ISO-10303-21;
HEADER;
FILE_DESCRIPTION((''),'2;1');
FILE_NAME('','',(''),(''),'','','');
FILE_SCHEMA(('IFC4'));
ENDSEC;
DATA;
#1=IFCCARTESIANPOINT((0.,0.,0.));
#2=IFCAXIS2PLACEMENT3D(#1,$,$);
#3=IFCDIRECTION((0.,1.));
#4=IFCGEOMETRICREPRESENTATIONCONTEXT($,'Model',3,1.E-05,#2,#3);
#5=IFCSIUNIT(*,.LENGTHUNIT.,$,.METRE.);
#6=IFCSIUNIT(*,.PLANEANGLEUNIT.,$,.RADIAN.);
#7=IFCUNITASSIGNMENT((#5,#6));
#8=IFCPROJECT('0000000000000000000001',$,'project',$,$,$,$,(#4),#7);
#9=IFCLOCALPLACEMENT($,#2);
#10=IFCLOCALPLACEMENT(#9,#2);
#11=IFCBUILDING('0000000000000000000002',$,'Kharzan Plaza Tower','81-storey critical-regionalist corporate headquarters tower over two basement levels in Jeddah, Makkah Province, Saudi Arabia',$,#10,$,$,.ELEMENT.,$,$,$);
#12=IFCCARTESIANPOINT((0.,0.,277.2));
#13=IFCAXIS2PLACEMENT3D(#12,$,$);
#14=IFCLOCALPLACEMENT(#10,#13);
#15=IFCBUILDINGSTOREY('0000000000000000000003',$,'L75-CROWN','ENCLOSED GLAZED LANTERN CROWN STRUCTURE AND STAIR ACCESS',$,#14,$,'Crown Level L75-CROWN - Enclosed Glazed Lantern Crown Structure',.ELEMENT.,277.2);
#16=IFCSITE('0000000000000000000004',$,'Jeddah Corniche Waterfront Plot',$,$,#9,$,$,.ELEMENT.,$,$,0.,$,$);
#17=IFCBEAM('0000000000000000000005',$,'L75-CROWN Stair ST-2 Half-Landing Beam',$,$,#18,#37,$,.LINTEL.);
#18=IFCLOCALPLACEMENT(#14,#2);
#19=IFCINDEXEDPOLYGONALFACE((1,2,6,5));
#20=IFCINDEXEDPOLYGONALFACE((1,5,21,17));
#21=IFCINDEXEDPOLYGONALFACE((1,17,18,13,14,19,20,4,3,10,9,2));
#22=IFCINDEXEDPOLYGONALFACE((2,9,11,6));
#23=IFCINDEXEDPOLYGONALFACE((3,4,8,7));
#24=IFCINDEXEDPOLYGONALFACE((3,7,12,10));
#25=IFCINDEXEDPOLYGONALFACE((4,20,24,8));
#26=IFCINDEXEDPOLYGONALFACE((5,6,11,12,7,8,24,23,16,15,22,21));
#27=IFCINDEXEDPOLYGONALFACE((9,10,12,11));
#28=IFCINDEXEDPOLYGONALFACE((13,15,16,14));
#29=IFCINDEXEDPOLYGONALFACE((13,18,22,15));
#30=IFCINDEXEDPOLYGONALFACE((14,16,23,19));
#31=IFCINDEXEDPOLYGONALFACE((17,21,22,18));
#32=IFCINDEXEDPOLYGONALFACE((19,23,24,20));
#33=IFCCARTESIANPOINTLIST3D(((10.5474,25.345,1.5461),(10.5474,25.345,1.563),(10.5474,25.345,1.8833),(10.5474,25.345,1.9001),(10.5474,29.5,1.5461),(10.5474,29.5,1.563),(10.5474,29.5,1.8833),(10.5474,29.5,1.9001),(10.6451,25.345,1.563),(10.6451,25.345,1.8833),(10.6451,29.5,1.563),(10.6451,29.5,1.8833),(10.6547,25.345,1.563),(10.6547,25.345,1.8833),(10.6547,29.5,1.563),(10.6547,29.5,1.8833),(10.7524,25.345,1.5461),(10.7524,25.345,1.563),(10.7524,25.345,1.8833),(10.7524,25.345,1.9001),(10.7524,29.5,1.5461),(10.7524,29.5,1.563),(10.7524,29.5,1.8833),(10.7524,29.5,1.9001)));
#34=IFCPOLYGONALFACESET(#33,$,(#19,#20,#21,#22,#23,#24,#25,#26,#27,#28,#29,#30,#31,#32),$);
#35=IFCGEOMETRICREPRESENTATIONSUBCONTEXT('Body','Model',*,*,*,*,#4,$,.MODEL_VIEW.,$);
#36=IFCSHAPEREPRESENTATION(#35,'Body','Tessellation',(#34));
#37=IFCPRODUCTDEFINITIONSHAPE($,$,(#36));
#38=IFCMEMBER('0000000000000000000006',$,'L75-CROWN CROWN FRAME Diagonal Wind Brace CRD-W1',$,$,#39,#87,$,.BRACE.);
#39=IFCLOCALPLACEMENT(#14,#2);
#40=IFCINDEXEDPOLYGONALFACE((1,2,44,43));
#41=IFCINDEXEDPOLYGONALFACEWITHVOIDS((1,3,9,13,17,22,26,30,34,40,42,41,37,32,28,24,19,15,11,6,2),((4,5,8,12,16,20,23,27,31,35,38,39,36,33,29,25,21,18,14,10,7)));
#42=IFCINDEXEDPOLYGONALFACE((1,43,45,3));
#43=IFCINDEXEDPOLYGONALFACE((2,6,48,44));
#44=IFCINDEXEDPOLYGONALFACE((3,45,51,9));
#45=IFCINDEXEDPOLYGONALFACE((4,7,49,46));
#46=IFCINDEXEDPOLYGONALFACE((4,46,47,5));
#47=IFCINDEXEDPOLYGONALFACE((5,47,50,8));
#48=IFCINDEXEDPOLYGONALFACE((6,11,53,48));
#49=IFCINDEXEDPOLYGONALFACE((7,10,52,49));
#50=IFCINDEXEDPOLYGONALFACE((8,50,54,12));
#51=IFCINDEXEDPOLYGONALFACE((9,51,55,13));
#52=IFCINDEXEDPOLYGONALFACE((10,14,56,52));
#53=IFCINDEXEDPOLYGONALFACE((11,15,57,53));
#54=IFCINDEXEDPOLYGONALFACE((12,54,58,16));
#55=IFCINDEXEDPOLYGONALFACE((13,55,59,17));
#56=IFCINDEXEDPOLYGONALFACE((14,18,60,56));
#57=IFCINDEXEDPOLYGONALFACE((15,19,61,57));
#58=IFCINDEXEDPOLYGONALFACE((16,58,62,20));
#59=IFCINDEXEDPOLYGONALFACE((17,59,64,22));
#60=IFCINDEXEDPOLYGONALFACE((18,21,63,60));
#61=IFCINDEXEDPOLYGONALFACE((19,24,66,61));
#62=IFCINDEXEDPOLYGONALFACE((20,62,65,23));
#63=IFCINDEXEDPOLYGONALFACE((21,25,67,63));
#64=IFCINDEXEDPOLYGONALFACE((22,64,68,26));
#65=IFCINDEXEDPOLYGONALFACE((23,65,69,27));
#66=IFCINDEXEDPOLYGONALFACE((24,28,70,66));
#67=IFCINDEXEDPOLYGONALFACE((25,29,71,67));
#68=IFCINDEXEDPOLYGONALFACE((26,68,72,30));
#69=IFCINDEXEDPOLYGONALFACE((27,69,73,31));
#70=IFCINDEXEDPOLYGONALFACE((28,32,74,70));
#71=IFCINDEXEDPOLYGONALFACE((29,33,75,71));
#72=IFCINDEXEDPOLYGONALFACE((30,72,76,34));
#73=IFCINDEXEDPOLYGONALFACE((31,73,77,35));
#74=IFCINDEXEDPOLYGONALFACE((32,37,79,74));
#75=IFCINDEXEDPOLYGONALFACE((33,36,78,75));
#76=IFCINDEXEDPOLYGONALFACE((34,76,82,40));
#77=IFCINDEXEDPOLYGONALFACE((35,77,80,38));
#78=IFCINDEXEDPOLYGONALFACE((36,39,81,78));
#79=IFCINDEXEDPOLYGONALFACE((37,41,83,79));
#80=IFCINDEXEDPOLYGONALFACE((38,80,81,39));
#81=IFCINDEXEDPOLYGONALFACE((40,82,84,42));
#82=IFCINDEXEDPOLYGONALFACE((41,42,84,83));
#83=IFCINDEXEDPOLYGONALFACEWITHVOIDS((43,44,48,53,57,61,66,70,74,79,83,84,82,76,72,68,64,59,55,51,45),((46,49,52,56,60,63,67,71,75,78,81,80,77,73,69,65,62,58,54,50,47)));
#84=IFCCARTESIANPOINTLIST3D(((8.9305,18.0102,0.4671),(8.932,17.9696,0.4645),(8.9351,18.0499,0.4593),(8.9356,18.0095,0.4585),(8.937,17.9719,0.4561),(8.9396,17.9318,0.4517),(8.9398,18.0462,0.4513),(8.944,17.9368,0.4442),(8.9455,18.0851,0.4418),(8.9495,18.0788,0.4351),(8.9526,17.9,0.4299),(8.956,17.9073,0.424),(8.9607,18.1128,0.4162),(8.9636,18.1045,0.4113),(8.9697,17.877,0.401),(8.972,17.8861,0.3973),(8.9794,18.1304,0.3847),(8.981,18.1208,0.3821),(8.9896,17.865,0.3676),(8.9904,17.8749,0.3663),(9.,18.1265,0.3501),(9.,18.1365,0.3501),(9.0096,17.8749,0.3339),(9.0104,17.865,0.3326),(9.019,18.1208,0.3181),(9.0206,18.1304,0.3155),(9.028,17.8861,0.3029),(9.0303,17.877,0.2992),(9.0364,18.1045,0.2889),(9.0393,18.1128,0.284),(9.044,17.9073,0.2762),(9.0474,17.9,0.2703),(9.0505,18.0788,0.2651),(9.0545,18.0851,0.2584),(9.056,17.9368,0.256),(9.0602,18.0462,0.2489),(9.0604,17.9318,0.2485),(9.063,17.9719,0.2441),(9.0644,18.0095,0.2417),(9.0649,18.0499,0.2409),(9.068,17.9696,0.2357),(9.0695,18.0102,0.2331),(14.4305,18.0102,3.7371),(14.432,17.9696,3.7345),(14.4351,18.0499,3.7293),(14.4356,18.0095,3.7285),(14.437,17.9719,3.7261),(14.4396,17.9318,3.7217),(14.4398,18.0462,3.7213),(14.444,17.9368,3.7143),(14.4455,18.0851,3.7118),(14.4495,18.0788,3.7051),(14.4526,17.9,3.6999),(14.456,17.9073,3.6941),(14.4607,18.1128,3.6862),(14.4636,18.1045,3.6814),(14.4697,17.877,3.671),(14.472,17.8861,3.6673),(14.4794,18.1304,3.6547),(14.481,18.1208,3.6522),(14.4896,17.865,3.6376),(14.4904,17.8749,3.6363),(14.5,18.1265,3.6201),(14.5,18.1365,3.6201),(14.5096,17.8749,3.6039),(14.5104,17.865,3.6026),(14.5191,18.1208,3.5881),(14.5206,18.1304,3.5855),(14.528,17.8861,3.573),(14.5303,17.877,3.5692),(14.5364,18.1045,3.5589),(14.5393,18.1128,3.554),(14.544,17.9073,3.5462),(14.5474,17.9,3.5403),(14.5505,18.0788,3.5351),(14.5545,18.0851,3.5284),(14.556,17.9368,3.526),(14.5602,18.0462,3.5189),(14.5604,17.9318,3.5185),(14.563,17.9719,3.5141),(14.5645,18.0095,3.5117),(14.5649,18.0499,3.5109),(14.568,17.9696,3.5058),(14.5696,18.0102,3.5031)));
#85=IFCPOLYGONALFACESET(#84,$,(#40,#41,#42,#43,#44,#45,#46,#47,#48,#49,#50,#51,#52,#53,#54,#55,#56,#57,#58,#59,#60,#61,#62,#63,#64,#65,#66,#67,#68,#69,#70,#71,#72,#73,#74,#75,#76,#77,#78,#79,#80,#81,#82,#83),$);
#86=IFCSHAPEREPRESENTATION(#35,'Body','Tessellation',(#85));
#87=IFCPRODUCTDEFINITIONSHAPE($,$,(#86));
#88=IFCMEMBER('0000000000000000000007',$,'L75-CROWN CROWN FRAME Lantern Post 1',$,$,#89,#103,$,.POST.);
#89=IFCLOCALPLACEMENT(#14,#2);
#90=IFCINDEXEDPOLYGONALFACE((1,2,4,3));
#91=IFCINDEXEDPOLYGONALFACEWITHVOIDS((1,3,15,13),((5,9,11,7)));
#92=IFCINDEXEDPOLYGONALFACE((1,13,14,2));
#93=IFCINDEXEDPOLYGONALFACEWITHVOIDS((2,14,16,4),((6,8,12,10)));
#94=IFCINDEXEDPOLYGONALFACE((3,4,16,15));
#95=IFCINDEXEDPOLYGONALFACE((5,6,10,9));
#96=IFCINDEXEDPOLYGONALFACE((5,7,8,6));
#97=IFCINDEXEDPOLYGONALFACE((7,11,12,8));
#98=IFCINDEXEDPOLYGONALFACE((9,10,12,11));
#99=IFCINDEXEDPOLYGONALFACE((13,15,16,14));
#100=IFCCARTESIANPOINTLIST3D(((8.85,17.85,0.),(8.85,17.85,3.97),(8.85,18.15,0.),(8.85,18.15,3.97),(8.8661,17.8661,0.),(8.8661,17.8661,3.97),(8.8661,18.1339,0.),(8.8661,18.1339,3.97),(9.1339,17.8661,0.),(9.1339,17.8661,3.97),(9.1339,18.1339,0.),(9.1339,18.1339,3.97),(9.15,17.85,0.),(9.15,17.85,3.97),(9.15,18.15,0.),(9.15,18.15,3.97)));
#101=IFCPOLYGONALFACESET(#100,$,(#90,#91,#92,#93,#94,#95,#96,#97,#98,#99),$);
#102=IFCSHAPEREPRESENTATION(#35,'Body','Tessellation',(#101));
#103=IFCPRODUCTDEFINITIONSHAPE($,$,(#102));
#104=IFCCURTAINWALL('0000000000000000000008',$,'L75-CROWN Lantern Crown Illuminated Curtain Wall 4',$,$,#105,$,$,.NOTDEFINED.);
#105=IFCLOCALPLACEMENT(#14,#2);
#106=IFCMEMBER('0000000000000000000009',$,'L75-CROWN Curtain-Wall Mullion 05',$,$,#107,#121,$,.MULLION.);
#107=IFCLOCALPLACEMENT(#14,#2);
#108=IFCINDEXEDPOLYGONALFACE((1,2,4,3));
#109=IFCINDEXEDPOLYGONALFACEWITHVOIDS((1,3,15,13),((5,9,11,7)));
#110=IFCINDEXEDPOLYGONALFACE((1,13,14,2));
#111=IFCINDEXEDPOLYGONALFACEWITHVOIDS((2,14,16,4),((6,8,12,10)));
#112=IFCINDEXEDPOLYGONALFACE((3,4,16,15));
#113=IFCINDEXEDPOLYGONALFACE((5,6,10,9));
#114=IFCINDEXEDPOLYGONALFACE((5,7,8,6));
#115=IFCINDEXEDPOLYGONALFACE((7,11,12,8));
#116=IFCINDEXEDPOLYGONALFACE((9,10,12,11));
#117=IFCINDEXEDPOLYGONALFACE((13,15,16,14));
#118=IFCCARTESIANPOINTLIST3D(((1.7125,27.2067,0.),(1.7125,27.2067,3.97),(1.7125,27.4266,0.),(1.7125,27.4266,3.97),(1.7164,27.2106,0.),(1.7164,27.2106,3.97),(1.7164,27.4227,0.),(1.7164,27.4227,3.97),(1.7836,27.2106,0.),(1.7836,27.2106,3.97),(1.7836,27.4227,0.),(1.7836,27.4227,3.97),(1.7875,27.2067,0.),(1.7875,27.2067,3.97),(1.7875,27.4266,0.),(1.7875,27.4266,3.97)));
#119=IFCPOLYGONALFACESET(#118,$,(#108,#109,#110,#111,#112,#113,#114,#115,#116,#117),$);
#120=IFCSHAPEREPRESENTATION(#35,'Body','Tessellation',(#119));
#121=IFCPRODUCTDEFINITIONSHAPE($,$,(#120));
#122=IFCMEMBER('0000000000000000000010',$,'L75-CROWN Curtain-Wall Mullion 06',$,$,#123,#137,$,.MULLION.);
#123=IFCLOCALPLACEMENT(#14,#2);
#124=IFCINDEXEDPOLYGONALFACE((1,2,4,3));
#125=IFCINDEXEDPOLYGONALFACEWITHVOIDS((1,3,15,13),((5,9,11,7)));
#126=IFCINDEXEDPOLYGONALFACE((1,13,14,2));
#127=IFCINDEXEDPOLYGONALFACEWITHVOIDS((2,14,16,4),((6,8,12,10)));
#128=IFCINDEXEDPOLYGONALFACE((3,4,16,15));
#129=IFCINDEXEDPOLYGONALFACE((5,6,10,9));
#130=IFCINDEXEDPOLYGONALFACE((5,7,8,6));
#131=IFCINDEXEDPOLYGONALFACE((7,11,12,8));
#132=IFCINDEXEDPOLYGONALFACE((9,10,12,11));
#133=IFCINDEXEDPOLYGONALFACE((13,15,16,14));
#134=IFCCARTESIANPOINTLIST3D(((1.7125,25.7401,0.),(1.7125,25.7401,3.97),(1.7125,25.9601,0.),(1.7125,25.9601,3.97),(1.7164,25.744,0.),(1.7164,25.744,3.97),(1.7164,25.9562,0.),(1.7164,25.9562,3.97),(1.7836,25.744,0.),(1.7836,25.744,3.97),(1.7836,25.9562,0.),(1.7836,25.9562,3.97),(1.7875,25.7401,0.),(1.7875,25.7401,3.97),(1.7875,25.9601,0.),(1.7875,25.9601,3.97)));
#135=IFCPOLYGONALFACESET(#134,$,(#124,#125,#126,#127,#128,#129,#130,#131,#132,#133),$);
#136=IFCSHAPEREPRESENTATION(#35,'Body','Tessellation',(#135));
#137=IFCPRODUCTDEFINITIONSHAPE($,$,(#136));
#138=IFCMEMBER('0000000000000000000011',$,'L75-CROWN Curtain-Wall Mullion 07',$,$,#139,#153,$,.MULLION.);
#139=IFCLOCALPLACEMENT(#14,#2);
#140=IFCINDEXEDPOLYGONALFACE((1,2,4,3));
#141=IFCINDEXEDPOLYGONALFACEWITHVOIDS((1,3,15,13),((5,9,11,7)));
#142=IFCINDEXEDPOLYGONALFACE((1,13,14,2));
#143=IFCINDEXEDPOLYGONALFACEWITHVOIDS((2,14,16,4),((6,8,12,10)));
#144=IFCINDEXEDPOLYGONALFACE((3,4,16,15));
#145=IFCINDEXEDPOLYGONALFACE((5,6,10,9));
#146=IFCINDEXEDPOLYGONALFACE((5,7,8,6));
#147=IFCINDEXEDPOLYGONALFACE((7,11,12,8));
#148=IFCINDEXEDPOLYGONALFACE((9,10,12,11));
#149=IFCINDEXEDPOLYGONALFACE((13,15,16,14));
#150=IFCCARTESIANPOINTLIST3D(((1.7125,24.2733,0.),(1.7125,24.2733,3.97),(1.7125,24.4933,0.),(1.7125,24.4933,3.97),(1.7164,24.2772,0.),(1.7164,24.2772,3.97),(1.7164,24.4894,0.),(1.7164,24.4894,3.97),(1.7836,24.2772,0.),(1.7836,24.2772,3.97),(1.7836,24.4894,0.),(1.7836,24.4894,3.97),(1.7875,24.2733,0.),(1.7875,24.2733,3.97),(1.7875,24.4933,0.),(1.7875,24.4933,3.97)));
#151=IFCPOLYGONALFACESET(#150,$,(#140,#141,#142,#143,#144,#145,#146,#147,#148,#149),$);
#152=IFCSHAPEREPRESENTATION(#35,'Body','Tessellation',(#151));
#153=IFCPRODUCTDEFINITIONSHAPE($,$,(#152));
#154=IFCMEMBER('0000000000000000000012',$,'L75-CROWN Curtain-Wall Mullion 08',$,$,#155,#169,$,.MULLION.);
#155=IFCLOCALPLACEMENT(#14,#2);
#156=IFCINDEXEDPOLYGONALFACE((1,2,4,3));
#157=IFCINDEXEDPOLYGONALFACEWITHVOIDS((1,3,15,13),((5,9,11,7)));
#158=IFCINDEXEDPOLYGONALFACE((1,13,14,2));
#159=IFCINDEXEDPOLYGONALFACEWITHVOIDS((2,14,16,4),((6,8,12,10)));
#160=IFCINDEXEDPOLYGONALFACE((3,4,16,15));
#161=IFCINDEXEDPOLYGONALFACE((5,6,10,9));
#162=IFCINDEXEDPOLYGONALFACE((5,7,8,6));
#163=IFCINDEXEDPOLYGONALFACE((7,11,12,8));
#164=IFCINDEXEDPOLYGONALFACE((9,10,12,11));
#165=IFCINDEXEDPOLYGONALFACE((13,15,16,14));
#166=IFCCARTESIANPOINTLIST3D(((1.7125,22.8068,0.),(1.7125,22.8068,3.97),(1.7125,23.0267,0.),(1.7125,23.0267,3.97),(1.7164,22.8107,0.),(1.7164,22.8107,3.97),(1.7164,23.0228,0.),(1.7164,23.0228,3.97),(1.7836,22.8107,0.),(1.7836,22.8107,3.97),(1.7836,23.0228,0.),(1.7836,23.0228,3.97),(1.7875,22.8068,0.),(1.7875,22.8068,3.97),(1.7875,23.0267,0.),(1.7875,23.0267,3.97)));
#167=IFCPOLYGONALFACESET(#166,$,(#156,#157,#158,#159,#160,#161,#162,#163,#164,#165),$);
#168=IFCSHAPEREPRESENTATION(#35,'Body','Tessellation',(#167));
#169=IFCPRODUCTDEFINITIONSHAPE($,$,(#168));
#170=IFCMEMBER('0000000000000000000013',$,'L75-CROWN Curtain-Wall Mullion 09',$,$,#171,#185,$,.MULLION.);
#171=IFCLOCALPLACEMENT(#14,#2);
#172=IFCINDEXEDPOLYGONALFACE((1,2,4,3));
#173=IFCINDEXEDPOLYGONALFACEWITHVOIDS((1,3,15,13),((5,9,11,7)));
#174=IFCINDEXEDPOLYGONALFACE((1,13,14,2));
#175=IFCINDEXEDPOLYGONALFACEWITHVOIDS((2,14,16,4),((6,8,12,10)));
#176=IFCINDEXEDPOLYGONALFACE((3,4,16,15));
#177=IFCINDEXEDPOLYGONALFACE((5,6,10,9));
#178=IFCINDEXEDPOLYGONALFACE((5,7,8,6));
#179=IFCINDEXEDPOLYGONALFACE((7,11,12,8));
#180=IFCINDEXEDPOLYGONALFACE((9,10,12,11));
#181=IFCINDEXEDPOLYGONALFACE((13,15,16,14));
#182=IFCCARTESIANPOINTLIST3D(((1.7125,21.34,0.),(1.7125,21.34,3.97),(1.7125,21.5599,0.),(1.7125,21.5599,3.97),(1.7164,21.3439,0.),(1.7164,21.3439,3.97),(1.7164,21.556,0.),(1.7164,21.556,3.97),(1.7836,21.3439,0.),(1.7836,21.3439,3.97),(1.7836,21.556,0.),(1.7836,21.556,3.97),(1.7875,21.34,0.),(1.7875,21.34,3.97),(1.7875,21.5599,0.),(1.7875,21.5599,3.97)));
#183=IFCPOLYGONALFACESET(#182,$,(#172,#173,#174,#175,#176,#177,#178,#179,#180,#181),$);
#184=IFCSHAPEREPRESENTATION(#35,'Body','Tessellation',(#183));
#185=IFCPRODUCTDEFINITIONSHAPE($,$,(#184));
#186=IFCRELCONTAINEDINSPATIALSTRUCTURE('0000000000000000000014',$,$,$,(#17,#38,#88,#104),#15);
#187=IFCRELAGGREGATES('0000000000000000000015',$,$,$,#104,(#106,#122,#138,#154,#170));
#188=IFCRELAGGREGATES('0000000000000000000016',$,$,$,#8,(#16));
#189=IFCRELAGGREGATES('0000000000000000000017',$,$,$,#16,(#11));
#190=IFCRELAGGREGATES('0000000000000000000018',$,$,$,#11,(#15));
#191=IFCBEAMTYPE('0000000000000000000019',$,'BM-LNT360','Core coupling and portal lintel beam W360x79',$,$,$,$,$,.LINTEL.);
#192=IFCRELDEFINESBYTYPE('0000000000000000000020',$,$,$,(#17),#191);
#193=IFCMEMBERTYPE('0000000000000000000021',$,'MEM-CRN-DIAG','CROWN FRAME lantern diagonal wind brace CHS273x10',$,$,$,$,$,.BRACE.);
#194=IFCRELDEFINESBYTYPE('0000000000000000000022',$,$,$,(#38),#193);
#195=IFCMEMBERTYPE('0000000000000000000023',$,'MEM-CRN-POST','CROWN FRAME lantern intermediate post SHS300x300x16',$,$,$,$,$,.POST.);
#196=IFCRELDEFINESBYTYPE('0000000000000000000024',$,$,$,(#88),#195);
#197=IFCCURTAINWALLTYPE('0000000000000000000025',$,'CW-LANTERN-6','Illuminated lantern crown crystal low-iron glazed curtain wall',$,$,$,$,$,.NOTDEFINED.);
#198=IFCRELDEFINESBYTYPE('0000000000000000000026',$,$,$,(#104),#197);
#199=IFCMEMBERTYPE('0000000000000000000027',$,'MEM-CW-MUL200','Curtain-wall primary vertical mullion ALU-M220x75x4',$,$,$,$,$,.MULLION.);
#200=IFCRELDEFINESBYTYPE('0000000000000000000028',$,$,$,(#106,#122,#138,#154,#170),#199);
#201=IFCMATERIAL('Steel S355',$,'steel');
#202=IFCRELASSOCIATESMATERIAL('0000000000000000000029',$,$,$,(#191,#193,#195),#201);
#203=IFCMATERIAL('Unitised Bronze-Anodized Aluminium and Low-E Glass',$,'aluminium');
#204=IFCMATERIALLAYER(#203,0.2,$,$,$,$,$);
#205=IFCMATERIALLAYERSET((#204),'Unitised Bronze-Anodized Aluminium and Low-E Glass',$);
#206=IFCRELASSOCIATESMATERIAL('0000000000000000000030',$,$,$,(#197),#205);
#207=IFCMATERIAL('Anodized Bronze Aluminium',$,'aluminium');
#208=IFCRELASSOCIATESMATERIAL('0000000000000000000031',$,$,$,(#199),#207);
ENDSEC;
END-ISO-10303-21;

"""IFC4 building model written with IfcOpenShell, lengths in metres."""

from ifc_helpers import new_model, si_unit, direction, frame, origin, origin_2d, place, context, subcontext, project, spatial, hollow_rectangle, hollow_circle, i_section, extrude, source, transform, mapped, material, layer, layer_set, material_profile, profile_set, type_object, element, aggregate, save


model = new_model("IFC4")

# Units and contexts
model_context = context("Model", 3, precision=1e-05, world=origin(), true_north=direction((0.0, 1.0)))
body_context = subcontext(model_context, "Body", "Model", "MODEL_VIEW")
ifc_project = project(units=[si_unit("LENGTHUNIT", "METRE"), si_unit("PLANEANGLEUNIT", "RADIAN")], contexts=[model_context])

# Site, building, storey
site_placement = place(None, origin())
site = spatial("IfcSite", under=ifc_project, at=site_placement, Name="Jeddah Corniche Waterfront Plot", CompositionType="ELEMENT", RefElevation=0.0)
building_placement = place(site_placement, origin())
building = spatial("IfcBuilding", under=site, at=building_placement, Name="Kharzan Plaza Tower", Description="81-storey critical-regionalist corporate headquarters tower over two basement levels in Jeddah, Makkah Province, Saudi Arabia", CompositionType="ELEMENT")
storey_placement = place(building_placement, frame((0.0, 0.0, 277.2)))
storey = spatial("IfcBuildingStorey", under=building, at=storey_placement, Name="L75-CROWN", Description="ENCLOSED GLAZED LANTERN CROWN STRUCTURE AND STAIR ACCESS", LongName="Crown Level L75-CROWN - Enclosed Glazed Lantern Crown Structure", CompositionType="ELEMENT", Elevation=277.2)

# Beam
ifc_material_1 = material(Name="Steel S355", Category="steel")
ifc_material_profile_1 = material_profile(ifc_material_1, i_section(OverallWidth=0.2051, OverallDepth=0.354, WebThickness=0.0095, FlangeThickness=0.0168, at=origin_2d()), Name="W360x79")
ifc_profile_set_1 = profile_set([ifc_material_profile_1], Name="Steel S355")
beam_type = type_object("IfcBeamType", Name="BM-LNT360", Description="Core coupling and portal lintel beam W360x79", PredefinedType="LINTEL", material=ifc_profile_set_1)
shared_shape_1 = source(origin(), body_context, "Body", "SweptSolid", [
    extrude(i_section(OverallWidth=0.2051, OverallDepth=0.354, WebThickness=0.0095, FlangeThickness=0.0168, at=origin_2d()), origin(), (0.0, 0.0, 1.0), 4.155),
])
beam_placement = place(storey_placement, frame((10.6499, 25.345, 1.7231), z_axis=(0.0, 1.0, 0.0), x_axis=(-1.0, 0.0, 0.0)))
element("IfcBeam", 1, at=beam_placement, inside=storey, type_object=beam_type, Name="L75-CROWN Stair ST-2 Half-Landing Beam", PredefinedType="LINTEL", context=body_context, shape_type="MappedRepresentation", body=[
    mapped(shared_shape_1, transform((0.0, 0.0, 0.0), x_axis=(1.0, 0.0, 0.0), y_axis=(0.0, 1.0, 0.0), z_axis=(0.0, 0.0, 1.0))),
])

# Members
ifc_material_profile_2 = material_profile(ifc_material_1, hollow_circle(Radius=0.1365, WallThickness=0.01, at=origin_2d()), Name="CHS273x10")
ifc_profile_set_2 = profile_set([ifc_material_profile_2], Name="Steel S355")
member_type_1 = type_object("IfcMemberType", Name="MEM-CRN-DIAG", Description="CROWN FRAME lantern diagonal wind brace CHS273x10", PredefinedType="BRACE", material=ifc_profile_set_2)
shared_shape_2 = source(origin(), body_context, "Body", "SweptSolid", [
    extrude(hollow_circle(Radius=0.1365, WallThickness=0.01, at=origin_2d()), origin(), (0.0, 0.0, 1.0), 6.3987),
])
member_1_placement = place(storey_placement, frame((9.0, 18.0, 0.3501), z_axis=(0.859553, 0.0, 0.511046), x_axis=(0.0, 1.0, 0.0)))
element("IfcMember", 2, at=member_1_placement, inside=storey, type_object=member_type_1, Name="L75-CROWN CROWN FRAME Diagonal Wind Brace CRD-W1", PredefinedType="BRACE", context=body_context, shape_type="MappedRepresentation", body=[
    mapped(shared_shape_2, transform((0.0, 0.0, 0.0), x_axis=(1.0, 0.0, 0.0), y_axis=(0.0, 1.0, 0.0), z_axis=(0.0, 0.0, 1.0))),
])
ifc_material_profile_3 = material_profile(ifc_material_1, hollow_rectangle(XDim=0.3, YDim=0.3, WallThickness=0.0161, at=origin_2d()), Name="SHS300x300x16")
ifc_profile_set_3 = profile_set([ifc_material_profile_3], Name="Steel S355")
member_type_2 = type_object("IfcMemberType", Name="MEM-CRN-POST", Description="CROWN FRAME lantern intermediate post SHS300x300x16", PredefinedType="POST", material=ifc_profile_set_3)
shared_shape_3 = source(origin(), body_context, "Body", "SweptSolid", [
    extrude(hollow_rectangle(XDim=0.3, YDim=0.3, WallThickness=0.0161, at=origin_2d()), origin(), (0.0, 0.0, 1.0), 3.97),
])
member_2_placement = place(storey_placement, frame((9.0, 18.0, 0.0), z_axis=(0.0, 0.0, 1.0), x_axis=(1.0, 0.0, 0.0)))
element("IfcMember", 3, at=member_2_placement, inside=storey, type_object=member_type_2, Name="L75-CROWN CROWN FRAME Lantern Post 1", PredefinedType="POST", context=body_context, shape_type="MappedRepresentation", body=[
    mapped(shared_shape_3, transform((0.0, 0.0, 0.0), x_axis=(1.0, 0.0, 0.0), y_axis=(0.0, 1.0, 0.0), z_axis=(0.0, 0.0, 1.0))),
])

# Curtain wall, members
ifc_material_2 = material(Name="Unitised Bronze-Anodized Aluminium and Low-E Glass", Category="aluminium")
ifc_layer_1 = layer(ifc_material_2, 0.2)
ifc_layer_set_1 = layer_set([ifc_layer_1], Name="Unitised Bronze-Anodized Aluminium and Low-E Glass")
curtain_wall_type = type_object("IfcCurtainWallType", Name="CW-LANTERN-6", Description="Illuminated lantern crown crystal low-iron glazed curtain wall", PredefinedType="NOTDEFINED", material=ifc_layer_set_1)
curtain_wall_placement = place(storey_placement, origin())
curtain_wall = element("IfcCurtainWall", 4, at=curtain_wall_placement, inside=storey, type_object=curtain_wall_type, Name="L75-CROWN Lantern Crown Illuminated Curtain Wall 4", PredefinedType="NOTDEFINED")
ifc_material_3 = material(Name="Anodized Bronze Aluminium", Category="aluminium")
ifc_material_profile_4 = material_profile(ifc_material_3, hollow_rectangle(XDim=0.075, YDim=0.22, WallThickness=0.0039, at=origin_2d()), Name="ALU-M220x75x4")
ifc_profile_set_4 = profile_set([ifc_material_profile_4], Name="Anodized Bronze Aluminium")
member_type_3 = type_object("IfcMemberType", Name="MEM-CW-MUL200", Description="Curtain-wall primary vertical mullion ALU-M220x75x4", PredefinedType="MULLION", material=ifc_profile_set_4)
shared_shape_4 = source(origin(), body_context, "Body", "SweptSolid", [
    extrude(hollow_rectangle(XDim=0.075, YDim=0.22, WallThickness=0.0039, at=origin_2d()), origin(), (0.0, 0.0, 1.0), 3.97),
])
member_3_placement = place(storey_placement, frame((1.75, 27.3167, 0.0), z_axis=(0.0, 0.0, 1.0), x_axis=(1.0, 0.0, 0.0)))
member_3 = element("IfcMember", 5, at=member_3_placement, type_object=member_type_3, Name="L75-CROWN Curtain-Wall Mullion 05", PredefinedType="MULLION", context=body_context, shape_type="MappedRepresentation", body=[
    mapped(shared_shape_4, transform((0.0, 0.0, 0.0), x_axis=(1.0, 0.0, 0.0), y_axis=(0.0, 1.0, 0.0), z_axis=(0.0, 0.0, 1.0))),
])
member_4_placement = place(storey_placement, frame((1.75, 25.8501, 0.0), z_axis=(0.0, 0.0, 1.0), x_axis=(1.0, 0.0, 0.0)))
member_4 = element("IfcMember", 6, at=member_4_placement, type_object=member_type_3, Name="L75-CROWN Curtain-Wall Mullion 06", PredefinedType="MULLION", context=body_context, shape_type="MappedRepresentation", body=[
    mapped(shared_shape_4, transform((0.0, 0.0, 0.0), x_axis=(1.0, 0.0, 0.0), y_axis=(0.0, 1.0, 0.0), z_axis=(0.0, 0.0, 1.0))),
])
member_5_placement = place(storey_placement, frame((1.75, 24.3833, 0.0), z_axis=(0.0, 0.0, 1.0), x_axis=(1.0, 0.0, 0.0)))
member_5 = element("IfcMember", 7, at=member_5_placement, type_object=member_type_3, Name="L75-CROWN Curtain-Wall Mullion 07", PredefinedType="MULLION", context=body_context, shape_type="MappedRepresentation", body=[
    mapped(shared_shape_4, transform((0.0, 0.0, 0.0), x_axis=(1.0, 0.0, 0.0), y_axis=(0.0, 1.0, 0.0), z_axis=(0.0, 0.0, 1.0))),
])
member_6_placement = place(storey_placement, frame((1.75, 22.9167, 0.0), z_axis=(0.0, 0.0, 1.0), x_axis=(1.0, 0.0, 0.0)))
member_6 = element("IfcMember", 8, at=member_6_placement, type_object=member_type_3, Name="L75-CROWN Curtain-Wall Mullion 08", PredefinedType="MULLION", context=body_context, shape_type="MappedRepresentation", body=[
    mapped(shared_shape_4, transform((0.0, 0.0, 0.0), x_axis=(1.0, 0.0, 0.0), y_axis=(0.0, 1.0, 0.0), z_axis=(0.0, 0.0, 1.0))),
])
member_7_placement = place(storey_placement, frame((1.75, 21.45, 0.0), z_axis=(0.0, 0.0, 1.0), x_axis=(1.0, 0.0, 0.0)))
member_7 = element("IfcMember", 9, at=member_7_placement, type_object=member_type_3, Name="L75-CROWN Curtain-Wall Mullion 09", PredefinedType="MULLION", context=body_context, shape_type="MappedRepresentation", body=[
    mapped(shared_shape_4, transform((0.0, 0.0, 0.0), x_axis=(1.0, 0.0, 0.0), y_axis=(0.0, 1.0, 0.0), z_axis=(0.0, 0.0, 1.0))),
])
aggregate(curtain_wall, [member_3, member_4, member_5, member_6, member_7])

save(model, "model.ifc")
